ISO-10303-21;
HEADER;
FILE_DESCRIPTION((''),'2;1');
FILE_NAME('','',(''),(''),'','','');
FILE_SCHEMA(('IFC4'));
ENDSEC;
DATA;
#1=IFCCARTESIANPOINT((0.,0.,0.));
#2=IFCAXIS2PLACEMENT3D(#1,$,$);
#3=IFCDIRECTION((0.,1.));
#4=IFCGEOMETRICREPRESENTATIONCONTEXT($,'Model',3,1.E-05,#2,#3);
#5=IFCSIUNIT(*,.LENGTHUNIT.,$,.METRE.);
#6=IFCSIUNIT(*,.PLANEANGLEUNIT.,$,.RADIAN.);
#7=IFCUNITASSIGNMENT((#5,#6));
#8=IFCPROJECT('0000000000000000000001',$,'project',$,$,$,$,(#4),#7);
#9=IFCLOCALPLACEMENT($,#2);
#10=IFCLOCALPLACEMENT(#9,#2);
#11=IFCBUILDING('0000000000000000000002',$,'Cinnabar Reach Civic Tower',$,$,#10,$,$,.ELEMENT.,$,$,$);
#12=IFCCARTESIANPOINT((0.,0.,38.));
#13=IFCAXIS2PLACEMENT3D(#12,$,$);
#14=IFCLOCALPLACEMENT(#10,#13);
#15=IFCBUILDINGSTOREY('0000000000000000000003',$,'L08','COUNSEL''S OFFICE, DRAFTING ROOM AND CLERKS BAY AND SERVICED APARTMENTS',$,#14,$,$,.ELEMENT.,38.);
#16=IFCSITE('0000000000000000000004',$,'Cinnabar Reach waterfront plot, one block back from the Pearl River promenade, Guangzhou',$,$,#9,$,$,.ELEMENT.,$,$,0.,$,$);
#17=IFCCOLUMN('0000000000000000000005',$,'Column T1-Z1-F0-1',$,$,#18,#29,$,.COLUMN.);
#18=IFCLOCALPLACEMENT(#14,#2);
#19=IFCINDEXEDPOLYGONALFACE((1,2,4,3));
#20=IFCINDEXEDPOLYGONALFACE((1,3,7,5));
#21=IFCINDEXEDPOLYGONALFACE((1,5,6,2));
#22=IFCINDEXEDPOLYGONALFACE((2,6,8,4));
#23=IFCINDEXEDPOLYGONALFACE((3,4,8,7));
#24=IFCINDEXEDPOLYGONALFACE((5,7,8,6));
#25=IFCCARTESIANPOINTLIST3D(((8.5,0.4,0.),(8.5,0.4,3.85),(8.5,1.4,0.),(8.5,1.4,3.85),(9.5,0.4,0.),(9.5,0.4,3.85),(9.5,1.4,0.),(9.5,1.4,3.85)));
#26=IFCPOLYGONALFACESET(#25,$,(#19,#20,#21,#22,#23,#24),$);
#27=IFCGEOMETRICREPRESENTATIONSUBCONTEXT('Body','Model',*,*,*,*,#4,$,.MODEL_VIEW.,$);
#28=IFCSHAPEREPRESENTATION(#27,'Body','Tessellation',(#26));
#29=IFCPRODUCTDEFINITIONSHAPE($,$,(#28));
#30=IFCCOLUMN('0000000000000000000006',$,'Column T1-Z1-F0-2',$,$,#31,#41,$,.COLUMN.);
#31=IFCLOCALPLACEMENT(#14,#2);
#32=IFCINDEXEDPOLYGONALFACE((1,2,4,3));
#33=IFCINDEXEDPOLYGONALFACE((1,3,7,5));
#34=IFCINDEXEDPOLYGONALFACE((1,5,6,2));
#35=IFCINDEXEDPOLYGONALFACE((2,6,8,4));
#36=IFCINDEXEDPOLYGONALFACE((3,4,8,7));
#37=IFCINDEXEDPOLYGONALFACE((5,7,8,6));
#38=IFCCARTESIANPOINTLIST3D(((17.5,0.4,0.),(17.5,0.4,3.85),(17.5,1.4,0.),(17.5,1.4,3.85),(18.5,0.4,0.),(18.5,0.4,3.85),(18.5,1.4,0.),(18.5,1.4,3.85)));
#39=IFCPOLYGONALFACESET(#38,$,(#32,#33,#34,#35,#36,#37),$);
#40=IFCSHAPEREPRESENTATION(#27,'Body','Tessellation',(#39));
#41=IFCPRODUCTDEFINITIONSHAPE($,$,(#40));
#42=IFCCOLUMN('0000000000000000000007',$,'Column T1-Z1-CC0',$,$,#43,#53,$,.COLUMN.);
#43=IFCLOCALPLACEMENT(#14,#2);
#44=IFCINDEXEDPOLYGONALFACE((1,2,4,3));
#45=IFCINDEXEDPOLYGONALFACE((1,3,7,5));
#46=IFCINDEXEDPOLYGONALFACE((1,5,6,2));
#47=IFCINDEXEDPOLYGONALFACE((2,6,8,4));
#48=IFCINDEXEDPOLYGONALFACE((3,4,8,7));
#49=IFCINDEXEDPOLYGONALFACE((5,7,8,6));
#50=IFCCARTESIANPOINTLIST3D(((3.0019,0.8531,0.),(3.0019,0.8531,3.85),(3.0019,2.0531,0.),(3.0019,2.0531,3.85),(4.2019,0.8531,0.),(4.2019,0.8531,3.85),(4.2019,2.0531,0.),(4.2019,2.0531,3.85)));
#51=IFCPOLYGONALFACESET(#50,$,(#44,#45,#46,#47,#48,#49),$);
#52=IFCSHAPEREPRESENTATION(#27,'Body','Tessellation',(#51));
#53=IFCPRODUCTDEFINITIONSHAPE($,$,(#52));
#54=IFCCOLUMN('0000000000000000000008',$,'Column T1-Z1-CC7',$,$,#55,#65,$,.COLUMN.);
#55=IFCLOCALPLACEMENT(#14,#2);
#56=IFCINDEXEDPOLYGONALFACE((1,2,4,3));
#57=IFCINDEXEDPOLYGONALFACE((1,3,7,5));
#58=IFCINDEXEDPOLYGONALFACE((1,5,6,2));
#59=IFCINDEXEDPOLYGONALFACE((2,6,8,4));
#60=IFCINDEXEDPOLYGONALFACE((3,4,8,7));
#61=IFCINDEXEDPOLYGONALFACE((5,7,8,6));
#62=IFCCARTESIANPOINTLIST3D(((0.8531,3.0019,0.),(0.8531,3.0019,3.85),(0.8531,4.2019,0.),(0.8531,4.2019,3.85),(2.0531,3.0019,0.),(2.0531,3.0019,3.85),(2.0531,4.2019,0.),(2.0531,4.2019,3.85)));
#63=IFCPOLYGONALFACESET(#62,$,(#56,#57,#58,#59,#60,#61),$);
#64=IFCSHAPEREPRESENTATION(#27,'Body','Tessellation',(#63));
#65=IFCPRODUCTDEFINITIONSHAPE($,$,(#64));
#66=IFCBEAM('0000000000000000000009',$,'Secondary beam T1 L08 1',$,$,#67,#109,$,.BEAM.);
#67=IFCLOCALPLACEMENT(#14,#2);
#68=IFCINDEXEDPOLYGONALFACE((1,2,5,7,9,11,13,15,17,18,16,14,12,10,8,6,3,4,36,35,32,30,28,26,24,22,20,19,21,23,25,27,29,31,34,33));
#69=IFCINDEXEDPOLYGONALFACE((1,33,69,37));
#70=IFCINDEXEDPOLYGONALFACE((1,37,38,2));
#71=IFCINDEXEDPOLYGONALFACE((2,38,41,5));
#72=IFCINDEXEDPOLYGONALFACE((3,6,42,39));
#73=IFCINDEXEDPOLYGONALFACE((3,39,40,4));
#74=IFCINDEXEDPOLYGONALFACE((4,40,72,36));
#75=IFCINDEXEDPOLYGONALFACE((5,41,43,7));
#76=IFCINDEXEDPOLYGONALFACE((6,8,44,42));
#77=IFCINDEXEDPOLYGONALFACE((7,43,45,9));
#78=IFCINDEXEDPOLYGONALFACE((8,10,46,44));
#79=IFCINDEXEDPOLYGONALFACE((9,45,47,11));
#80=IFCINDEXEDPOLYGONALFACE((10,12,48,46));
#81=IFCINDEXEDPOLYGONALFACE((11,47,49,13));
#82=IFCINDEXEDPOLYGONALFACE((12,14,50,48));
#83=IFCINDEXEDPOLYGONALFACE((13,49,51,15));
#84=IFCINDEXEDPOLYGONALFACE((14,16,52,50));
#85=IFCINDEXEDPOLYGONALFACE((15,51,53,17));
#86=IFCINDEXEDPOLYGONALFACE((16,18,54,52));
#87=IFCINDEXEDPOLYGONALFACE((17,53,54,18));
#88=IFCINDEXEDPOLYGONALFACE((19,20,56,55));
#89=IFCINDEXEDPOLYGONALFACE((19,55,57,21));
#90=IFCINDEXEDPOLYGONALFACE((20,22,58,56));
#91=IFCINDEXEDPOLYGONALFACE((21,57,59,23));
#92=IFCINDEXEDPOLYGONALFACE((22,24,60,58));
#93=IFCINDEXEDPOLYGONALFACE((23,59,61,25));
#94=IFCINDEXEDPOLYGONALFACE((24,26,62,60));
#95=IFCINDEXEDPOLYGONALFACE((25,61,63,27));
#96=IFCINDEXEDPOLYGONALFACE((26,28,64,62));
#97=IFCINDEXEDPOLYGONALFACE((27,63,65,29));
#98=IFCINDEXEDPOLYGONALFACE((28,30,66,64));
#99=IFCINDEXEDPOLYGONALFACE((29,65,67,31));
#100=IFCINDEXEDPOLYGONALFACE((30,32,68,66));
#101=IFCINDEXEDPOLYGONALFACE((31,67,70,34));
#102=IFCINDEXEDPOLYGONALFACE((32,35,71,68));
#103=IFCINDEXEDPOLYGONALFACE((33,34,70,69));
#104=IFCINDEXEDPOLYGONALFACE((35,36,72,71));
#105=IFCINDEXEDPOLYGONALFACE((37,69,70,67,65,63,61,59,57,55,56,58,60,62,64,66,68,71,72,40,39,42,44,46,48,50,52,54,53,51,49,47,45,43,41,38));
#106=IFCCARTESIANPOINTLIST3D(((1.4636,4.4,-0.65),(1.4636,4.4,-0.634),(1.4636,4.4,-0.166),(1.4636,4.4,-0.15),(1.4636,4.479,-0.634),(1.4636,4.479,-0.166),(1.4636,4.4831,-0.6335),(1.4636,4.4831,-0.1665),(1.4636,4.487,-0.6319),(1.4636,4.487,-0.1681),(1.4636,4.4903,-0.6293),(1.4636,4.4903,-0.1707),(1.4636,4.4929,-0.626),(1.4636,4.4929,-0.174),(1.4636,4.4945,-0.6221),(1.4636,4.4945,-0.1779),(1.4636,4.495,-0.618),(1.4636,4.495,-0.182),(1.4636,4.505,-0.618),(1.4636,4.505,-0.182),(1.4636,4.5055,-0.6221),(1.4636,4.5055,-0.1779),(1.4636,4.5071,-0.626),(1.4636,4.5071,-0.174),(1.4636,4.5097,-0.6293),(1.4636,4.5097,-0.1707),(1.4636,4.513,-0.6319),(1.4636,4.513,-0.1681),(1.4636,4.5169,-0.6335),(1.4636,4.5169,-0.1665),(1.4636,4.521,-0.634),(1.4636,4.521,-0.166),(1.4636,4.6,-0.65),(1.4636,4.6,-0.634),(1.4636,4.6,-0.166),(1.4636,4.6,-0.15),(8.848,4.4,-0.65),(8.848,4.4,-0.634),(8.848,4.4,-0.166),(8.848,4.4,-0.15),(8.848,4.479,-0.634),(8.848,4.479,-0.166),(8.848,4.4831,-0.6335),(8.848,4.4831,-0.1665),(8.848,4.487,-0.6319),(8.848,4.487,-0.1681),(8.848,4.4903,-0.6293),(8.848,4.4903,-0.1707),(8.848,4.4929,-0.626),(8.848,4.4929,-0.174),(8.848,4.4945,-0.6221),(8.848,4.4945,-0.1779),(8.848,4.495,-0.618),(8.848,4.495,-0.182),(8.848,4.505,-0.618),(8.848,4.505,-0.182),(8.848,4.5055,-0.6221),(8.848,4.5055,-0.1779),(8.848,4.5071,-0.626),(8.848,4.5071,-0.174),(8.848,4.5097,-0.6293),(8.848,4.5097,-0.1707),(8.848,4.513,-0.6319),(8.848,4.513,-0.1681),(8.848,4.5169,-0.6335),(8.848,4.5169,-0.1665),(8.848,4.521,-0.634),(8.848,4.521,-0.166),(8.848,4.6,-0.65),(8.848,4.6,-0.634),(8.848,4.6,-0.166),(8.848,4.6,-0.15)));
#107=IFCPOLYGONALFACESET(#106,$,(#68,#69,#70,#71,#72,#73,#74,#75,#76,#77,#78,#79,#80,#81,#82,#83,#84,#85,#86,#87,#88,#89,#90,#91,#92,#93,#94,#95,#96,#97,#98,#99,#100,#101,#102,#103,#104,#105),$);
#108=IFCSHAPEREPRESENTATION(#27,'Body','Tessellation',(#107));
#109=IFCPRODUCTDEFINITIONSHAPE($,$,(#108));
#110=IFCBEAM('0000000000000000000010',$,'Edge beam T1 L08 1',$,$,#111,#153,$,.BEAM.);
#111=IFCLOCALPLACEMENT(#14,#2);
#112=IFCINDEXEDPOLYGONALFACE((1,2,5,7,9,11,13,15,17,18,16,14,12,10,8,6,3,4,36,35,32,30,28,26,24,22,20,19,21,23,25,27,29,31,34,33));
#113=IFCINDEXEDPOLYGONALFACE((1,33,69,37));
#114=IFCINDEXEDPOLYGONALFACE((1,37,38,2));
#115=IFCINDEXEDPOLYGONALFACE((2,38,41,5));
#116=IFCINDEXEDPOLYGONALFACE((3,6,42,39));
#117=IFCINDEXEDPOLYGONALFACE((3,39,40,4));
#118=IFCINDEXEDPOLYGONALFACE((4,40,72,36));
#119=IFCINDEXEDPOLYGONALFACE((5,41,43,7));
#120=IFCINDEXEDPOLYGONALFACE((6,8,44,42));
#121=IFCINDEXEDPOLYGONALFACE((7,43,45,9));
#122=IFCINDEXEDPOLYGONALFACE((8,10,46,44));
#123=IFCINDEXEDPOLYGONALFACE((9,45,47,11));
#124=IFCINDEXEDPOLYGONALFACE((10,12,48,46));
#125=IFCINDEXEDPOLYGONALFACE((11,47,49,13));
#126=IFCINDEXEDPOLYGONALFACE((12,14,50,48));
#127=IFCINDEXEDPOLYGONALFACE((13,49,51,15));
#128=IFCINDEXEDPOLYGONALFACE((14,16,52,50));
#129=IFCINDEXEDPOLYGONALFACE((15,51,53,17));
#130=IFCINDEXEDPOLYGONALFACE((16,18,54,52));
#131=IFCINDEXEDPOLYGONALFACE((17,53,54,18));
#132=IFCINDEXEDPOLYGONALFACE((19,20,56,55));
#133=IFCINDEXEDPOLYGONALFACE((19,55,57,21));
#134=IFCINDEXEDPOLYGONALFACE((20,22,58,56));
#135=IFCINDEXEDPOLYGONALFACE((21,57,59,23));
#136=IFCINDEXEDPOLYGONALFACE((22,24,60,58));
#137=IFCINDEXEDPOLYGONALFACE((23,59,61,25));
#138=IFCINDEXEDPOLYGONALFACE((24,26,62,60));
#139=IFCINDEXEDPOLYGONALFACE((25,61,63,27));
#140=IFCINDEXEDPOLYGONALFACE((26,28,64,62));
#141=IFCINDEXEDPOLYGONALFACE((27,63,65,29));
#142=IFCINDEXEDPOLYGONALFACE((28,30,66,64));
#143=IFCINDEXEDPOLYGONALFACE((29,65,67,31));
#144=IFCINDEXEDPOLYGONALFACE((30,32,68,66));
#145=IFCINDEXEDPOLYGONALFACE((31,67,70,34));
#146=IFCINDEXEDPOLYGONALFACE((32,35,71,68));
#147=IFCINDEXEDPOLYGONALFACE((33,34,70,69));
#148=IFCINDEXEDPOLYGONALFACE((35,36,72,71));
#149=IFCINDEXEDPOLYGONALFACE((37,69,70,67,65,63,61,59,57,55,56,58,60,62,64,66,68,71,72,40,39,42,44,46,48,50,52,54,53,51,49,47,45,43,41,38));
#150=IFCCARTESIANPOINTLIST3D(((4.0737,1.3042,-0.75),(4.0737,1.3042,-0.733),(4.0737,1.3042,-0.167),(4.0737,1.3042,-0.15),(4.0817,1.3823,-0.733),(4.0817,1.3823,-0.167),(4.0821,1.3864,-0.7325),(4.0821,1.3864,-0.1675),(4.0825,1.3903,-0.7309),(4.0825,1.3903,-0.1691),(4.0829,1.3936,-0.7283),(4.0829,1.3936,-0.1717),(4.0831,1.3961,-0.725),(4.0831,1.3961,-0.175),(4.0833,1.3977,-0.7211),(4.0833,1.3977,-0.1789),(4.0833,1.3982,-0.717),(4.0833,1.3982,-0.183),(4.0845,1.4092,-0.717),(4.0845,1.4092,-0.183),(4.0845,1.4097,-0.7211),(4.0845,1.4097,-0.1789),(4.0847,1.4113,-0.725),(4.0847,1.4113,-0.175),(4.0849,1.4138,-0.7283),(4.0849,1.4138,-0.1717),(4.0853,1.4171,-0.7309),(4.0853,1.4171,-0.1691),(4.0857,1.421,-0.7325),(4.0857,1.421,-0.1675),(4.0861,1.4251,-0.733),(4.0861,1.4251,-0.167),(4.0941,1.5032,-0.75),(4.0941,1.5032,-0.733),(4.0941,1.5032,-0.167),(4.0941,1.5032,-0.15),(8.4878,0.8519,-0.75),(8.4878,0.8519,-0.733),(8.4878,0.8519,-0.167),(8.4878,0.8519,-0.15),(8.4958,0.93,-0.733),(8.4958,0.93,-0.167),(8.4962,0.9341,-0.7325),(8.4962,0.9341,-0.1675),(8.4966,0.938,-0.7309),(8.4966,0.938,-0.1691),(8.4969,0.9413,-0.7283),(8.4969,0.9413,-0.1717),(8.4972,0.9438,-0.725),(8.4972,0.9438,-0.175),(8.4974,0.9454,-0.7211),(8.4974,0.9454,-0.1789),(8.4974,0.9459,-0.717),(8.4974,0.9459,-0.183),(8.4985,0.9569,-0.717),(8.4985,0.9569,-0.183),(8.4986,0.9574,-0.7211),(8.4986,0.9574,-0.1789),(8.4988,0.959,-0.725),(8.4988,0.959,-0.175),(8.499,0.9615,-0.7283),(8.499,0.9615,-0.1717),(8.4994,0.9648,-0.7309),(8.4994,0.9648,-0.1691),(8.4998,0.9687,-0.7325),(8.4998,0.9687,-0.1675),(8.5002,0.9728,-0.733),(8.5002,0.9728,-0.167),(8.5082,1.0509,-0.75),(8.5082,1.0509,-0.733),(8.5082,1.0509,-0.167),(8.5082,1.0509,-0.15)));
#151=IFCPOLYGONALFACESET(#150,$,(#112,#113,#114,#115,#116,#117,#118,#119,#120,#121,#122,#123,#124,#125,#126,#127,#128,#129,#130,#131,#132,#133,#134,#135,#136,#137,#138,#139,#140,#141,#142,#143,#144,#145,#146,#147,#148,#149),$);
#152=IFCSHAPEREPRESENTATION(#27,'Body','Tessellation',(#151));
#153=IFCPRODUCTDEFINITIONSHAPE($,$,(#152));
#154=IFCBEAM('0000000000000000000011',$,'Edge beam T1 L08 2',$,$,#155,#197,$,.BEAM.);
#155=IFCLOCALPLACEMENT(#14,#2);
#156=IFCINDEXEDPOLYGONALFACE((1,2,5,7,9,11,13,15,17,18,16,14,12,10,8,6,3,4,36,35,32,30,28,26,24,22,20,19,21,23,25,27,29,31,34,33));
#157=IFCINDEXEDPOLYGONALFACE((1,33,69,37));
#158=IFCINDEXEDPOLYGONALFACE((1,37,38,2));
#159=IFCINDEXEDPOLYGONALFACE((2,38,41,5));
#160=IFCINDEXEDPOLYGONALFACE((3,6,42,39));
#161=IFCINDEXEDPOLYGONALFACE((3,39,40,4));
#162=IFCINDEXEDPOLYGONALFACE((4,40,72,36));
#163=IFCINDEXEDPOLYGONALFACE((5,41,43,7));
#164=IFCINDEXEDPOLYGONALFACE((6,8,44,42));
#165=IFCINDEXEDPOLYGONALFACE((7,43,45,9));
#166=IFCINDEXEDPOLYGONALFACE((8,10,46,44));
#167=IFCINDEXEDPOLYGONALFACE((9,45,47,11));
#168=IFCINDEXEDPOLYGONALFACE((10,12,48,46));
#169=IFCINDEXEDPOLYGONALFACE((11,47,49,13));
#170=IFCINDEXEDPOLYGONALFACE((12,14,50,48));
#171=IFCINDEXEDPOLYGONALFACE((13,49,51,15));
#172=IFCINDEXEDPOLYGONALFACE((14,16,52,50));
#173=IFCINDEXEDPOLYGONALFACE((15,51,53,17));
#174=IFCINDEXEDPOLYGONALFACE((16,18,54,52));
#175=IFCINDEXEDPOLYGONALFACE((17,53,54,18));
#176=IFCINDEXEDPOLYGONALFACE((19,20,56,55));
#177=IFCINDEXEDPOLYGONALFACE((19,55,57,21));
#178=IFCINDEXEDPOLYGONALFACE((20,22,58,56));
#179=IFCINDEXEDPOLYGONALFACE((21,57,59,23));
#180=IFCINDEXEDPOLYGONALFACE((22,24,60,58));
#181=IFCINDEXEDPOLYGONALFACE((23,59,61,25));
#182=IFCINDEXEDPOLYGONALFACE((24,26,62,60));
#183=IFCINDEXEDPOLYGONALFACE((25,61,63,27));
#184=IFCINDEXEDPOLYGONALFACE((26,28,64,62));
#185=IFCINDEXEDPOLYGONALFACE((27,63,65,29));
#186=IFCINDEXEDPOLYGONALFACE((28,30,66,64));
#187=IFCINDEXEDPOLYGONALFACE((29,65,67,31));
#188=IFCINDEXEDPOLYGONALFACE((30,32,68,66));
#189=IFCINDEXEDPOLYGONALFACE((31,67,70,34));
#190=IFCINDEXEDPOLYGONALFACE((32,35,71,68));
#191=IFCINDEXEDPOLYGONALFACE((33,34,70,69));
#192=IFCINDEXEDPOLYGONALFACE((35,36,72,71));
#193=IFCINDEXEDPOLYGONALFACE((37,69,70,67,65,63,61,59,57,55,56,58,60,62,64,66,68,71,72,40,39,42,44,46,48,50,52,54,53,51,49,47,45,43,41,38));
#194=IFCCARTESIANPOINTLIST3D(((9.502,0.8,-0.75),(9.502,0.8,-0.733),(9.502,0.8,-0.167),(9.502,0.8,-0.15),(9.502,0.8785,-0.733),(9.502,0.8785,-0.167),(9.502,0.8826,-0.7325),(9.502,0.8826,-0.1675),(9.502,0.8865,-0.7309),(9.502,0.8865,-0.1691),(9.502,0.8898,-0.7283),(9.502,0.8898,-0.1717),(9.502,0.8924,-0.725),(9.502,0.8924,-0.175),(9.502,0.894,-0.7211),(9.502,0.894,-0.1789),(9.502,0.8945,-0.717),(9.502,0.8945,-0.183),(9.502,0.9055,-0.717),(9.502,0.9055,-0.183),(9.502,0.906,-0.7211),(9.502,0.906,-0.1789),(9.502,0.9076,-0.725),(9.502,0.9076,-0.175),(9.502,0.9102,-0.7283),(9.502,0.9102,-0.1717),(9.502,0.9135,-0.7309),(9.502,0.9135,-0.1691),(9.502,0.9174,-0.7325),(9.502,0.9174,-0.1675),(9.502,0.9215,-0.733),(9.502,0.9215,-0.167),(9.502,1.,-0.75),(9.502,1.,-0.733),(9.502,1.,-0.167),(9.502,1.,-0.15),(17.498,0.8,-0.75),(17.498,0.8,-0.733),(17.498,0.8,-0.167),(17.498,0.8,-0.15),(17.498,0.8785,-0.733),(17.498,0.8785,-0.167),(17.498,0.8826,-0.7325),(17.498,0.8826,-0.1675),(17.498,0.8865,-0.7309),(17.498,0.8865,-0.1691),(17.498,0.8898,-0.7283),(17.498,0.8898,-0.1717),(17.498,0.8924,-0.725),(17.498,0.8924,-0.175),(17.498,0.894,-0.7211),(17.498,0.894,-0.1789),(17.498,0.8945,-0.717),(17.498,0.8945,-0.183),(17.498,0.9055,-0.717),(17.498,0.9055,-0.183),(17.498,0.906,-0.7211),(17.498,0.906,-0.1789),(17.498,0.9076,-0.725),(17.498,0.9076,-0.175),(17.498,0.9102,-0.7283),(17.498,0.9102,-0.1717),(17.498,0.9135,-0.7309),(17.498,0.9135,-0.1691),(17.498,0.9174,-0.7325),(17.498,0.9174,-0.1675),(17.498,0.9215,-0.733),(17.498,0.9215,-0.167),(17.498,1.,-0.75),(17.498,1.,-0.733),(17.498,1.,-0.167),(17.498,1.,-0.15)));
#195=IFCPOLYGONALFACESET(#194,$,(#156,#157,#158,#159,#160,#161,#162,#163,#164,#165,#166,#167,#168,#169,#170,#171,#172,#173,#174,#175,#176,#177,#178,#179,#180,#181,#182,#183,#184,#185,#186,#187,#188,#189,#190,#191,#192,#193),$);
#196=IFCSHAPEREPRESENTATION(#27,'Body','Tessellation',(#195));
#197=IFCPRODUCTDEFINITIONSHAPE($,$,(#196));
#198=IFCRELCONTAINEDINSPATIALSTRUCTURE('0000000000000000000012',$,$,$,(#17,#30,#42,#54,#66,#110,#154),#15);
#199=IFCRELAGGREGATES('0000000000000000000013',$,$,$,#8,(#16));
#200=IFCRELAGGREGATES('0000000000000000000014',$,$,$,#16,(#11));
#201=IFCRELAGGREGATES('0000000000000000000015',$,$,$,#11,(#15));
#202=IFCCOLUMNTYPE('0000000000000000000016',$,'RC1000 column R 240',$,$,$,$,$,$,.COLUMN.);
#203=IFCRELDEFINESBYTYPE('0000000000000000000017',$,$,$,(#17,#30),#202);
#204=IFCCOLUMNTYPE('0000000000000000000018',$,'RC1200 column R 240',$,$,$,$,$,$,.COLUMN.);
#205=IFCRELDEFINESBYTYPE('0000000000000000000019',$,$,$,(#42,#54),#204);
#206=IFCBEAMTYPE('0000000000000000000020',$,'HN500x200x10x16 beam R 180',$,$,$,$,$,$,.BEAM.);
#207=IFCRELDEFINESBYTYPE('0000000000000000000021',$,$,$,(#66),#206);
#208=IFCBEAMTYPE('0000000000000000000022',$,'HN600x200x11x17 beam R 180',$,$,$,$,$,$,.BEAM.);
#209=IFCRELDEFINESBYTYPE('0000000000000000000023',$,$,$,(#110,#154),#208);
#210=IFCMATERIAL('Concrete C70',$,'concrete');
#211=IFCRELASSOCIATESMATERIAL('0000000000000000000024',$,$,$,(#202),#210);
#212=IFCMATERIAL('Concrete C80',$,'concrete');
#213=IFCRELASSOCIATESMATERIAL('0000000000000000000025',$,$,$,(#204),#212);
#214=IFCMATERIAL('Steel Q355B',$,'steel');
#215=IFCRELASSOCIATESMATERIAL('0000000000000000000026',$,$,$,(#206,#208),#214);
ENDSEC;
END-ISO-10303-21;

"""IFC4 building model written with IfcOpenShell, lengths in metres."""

from ifc_helpers import new_model, si_unit, direction, frame, origin, origin_2d, place, context, subcontext, project, spatial, rectangle, i_section, extrude, material, material_profile, profile_set, type_object, element, save


model = new_model("IFC4")

# Units and contexts
model_context = context("Model", 3, precision=1e-05, world=origin(), true_north=direction((0.0, 1.0)))
body_context = subcontext(model_context, "Body", "Model", "MODEL_VIEW")
ifc_project = project(units=[si_unit("LENGTHUNIT", "METRE"), si_unit("PLANEANGLEUNIT", "RADIAN")], contexts=[model_context])

# Site, building, storey
site_placement = place(None, origin())
site = spatial("IfcSite", under=ifc_project, at=site_placement, Name="Cinnabar Reach waterfront plot, one block back from the Pearl River promenade, Guangzhou", CompositionType="ELEMENT", RefElevation=0.0)
building_placement = place(site_placement, origin())
building = spatial("IfcBuilding", under=site, at=building_placement, Name="Cinnabar Reach Civic Tower", CompositionType="ELEMENT")
storey_placement = place(building_placement, frame((0.0, 0.0, 38.0)))
storey = spatial("IfcBuildingStorey", under=building, at=storey_placement, Name="L08", Description="COUNSEL'S OFFICE, DRAFTING ROOM AND CLERKS BAY AND SERVICED APARTMENTS", CompositionType="ELEMENT", Elevation=38.0)

# Columns
ifc_material_1 = material(Name="Concrete C70", Category="concrete")
ifc_material_profile_1 = material_profile(ifc_material_1, rectangle(XDim=1.0, YDim=1.0, at=origin_2d()), Name="RC1000")
ifc_profile_set_1 = profile_set([ifc_material_profile_1], Name="Concrete C70")
column_type_1 = type_object("IfcColumnType", Name="RC1000 column R 240", PredefinedType="COLUMN", material=ifc_profile_set_1)
for number, where, z_axis, x_axis, name in (
    (1, (9.0, 0.9, 0.0), (0.0, 0.0, 1.0), (1.0, 0.0, 0.0), "Column T1-Z1-F0-1"),
    (2, (18.0, 0.9, 0.0), (0.0, 0.0, 1.0), (1.0, 0.0, 0.0), "Column T1-Z1-F0-2"),
):
    element("IfcColumn", number, at=place(storey_placement, frame(where, z_axis=z_axis, x_axis=x_axis)), inside=storey, type_object=column_type_1, Name=name, PredefinedType="COLUMN", context=body_context, shape_type="SweptSolid", body=[
        extrude(rectangle(XDim=1.0, YDim=1.0, at=origin_2d()), origin(), (0.0, 0.0, 1.0), 3.85),
    ])
ifc_material_2 = material(Name="Concrete C80", Category="concrete")
ifc_material_profile_2 = material_profile(ifc_material_2, rectangle(XDim=1.2, YDim=1.2, at=origin_2d()), Name="RC1200")
ifc_profile_set_2 = profile_set([ifc_material_profile_2], Name="Concrete C80")
column_type_2 = type_object("IfcColumnType", Name="RC1200 column R 240", PredefinedType="COLUMN", material=ifc_profile_set_2)
for number, where, z_axis, x_axis, name in (
    (3, (3.6019, 1.4531, 0.0), (0.0, 0.0, 1.0), (1.0, 0.0, 0.0), "Column T1-Z1-CC0"),
    (4, (1.4531, 3.6019, 0.0), (0.0, 0.0, 1.0), (1.0, 0.0, 0.0), "Column T1-Z1-CC7"),
):
    element("IfcColumn", number, at=place(storey_placement, frame(where, z_axis=z_axis, x_axis=x_axis)), inside=storey, type_object=column_type_2, Name=name, PredefinedType="COLUMN", context=body_context, shape_type="SweptSolid", body=[
        extrude(rectangle(XDim=1.2, YDim=1.2, at=origin_2d()), origin(), (0.0, 0.0, 1.0), 3.85),
    ])

# Beams
ifc_material_3 = material(Name="Steel Q355B", Category="steel")
ifc_material_profile_3 = material_profile(ifc_material_3, i_section(OverallWidth=0.2, OverallDepth=0.5, WebThickness=0.01, FlangeThickness=0.016, FilletRadius=0.016, at=origin_2d()), Name="HN500x200x10x16")
ifc_profile_set_3 = profile_set([ifc_material_profile_3], Name="Steel Q355B")
beam_type_1 = type_object("IfcBeamType", Name="HN500x200x10x16 beam R 180", PredefinedType="BEAM", material=ifc_profile_set_3)
beam_1_placement = place(storey_placement, frame((1.4636, 4.5, -0.4), z_axis=(1.0, 0.0, 0.0), x_axis=(0.0, 1.0, 0.0)))
element("IfcBeam", 5, at=beam_1_placement, inside=storey, type_object=beam_type_1, Name="Secondary beam T1 L08 1", PredefinedType="BEAM", context=body_context, shape_type="SweptSolid", body=[
    extrude(i_section(OverallWidth=0.2, OverallDepth=0.5, WebThickness=0.01, FlangeThickness=0.016, FilletRadius=0.016, at=origin_2d()), origin(), (0.0, 0.0, 1.0), 7.3844),
])
ifc_material_profile_4 = material_profile(ifc_material_3, i_section(OverallWidth=0.2, OverallDepth=0.6, WebThickness=0.011, FlangeThickness=0.017, FilletRadius=0.016, at=origin_2d()), Name="HN600x200x11x17")
ifc_profile_set_4 = profile_set([ifc_material_profile_4], Name="Steel Q355B")
beam_type_2 = type_object("IfcBeamType", Name="HN600x200x11x17 beam R 180", PredefinedType="BEAM", material=ifc_profile_set_4)
beam_2_placement = place(storey_placement, frame((4.0839, 1.4037, -0.45), z_axis=(0.994791, -0.101933, 0.0), x_axis=(0.101933, 0.994791, 0.0)))
element("IfcBeam", 6, at=beam_2_placement, inside=storey, type_object=beam_type_2, Name="Edge beam T1 L08 1", PredefinedType="BEAM", context=body_context, shape_type="SweptSolid", body=[
    extrude(i_section(OverallWidth=0.2, OverallDepth=0.6, WebThickness=0.011, FlangeThickness=0.017, FilletRadius=0.016, at=origin_2d()), origin(), (0.0, 0.0, 1.0), 4.4372),
])
for number, where, z_axis, x_axis, name in (
    (7, (9.502, 0.9, -0.45), (1.0, 0.0, 0.0), (0.0, 1.0, 0.0), "Edge beam T1 L08 2"),
):
    element("IfcBeam", number, at=place(storey_placement, frame(where, z_axis=z_axis, x_axis=x_axis)), inside=storey, type_object=beam_type_2, Name=name, PredefinedType="BEAM", context=body_context, shape_type="SweptSolid", body=[
        extrude(i_section(OverallWidth=0.2, OverallDepth=0.6, WebThickness=0.011, FlangeThickness=0.017, FilletRadius=0.016, at=origin_2d()), origin(), (0.0, 0.0, 1.0), 7.996),
    ])

save(model, "model.ifc")
